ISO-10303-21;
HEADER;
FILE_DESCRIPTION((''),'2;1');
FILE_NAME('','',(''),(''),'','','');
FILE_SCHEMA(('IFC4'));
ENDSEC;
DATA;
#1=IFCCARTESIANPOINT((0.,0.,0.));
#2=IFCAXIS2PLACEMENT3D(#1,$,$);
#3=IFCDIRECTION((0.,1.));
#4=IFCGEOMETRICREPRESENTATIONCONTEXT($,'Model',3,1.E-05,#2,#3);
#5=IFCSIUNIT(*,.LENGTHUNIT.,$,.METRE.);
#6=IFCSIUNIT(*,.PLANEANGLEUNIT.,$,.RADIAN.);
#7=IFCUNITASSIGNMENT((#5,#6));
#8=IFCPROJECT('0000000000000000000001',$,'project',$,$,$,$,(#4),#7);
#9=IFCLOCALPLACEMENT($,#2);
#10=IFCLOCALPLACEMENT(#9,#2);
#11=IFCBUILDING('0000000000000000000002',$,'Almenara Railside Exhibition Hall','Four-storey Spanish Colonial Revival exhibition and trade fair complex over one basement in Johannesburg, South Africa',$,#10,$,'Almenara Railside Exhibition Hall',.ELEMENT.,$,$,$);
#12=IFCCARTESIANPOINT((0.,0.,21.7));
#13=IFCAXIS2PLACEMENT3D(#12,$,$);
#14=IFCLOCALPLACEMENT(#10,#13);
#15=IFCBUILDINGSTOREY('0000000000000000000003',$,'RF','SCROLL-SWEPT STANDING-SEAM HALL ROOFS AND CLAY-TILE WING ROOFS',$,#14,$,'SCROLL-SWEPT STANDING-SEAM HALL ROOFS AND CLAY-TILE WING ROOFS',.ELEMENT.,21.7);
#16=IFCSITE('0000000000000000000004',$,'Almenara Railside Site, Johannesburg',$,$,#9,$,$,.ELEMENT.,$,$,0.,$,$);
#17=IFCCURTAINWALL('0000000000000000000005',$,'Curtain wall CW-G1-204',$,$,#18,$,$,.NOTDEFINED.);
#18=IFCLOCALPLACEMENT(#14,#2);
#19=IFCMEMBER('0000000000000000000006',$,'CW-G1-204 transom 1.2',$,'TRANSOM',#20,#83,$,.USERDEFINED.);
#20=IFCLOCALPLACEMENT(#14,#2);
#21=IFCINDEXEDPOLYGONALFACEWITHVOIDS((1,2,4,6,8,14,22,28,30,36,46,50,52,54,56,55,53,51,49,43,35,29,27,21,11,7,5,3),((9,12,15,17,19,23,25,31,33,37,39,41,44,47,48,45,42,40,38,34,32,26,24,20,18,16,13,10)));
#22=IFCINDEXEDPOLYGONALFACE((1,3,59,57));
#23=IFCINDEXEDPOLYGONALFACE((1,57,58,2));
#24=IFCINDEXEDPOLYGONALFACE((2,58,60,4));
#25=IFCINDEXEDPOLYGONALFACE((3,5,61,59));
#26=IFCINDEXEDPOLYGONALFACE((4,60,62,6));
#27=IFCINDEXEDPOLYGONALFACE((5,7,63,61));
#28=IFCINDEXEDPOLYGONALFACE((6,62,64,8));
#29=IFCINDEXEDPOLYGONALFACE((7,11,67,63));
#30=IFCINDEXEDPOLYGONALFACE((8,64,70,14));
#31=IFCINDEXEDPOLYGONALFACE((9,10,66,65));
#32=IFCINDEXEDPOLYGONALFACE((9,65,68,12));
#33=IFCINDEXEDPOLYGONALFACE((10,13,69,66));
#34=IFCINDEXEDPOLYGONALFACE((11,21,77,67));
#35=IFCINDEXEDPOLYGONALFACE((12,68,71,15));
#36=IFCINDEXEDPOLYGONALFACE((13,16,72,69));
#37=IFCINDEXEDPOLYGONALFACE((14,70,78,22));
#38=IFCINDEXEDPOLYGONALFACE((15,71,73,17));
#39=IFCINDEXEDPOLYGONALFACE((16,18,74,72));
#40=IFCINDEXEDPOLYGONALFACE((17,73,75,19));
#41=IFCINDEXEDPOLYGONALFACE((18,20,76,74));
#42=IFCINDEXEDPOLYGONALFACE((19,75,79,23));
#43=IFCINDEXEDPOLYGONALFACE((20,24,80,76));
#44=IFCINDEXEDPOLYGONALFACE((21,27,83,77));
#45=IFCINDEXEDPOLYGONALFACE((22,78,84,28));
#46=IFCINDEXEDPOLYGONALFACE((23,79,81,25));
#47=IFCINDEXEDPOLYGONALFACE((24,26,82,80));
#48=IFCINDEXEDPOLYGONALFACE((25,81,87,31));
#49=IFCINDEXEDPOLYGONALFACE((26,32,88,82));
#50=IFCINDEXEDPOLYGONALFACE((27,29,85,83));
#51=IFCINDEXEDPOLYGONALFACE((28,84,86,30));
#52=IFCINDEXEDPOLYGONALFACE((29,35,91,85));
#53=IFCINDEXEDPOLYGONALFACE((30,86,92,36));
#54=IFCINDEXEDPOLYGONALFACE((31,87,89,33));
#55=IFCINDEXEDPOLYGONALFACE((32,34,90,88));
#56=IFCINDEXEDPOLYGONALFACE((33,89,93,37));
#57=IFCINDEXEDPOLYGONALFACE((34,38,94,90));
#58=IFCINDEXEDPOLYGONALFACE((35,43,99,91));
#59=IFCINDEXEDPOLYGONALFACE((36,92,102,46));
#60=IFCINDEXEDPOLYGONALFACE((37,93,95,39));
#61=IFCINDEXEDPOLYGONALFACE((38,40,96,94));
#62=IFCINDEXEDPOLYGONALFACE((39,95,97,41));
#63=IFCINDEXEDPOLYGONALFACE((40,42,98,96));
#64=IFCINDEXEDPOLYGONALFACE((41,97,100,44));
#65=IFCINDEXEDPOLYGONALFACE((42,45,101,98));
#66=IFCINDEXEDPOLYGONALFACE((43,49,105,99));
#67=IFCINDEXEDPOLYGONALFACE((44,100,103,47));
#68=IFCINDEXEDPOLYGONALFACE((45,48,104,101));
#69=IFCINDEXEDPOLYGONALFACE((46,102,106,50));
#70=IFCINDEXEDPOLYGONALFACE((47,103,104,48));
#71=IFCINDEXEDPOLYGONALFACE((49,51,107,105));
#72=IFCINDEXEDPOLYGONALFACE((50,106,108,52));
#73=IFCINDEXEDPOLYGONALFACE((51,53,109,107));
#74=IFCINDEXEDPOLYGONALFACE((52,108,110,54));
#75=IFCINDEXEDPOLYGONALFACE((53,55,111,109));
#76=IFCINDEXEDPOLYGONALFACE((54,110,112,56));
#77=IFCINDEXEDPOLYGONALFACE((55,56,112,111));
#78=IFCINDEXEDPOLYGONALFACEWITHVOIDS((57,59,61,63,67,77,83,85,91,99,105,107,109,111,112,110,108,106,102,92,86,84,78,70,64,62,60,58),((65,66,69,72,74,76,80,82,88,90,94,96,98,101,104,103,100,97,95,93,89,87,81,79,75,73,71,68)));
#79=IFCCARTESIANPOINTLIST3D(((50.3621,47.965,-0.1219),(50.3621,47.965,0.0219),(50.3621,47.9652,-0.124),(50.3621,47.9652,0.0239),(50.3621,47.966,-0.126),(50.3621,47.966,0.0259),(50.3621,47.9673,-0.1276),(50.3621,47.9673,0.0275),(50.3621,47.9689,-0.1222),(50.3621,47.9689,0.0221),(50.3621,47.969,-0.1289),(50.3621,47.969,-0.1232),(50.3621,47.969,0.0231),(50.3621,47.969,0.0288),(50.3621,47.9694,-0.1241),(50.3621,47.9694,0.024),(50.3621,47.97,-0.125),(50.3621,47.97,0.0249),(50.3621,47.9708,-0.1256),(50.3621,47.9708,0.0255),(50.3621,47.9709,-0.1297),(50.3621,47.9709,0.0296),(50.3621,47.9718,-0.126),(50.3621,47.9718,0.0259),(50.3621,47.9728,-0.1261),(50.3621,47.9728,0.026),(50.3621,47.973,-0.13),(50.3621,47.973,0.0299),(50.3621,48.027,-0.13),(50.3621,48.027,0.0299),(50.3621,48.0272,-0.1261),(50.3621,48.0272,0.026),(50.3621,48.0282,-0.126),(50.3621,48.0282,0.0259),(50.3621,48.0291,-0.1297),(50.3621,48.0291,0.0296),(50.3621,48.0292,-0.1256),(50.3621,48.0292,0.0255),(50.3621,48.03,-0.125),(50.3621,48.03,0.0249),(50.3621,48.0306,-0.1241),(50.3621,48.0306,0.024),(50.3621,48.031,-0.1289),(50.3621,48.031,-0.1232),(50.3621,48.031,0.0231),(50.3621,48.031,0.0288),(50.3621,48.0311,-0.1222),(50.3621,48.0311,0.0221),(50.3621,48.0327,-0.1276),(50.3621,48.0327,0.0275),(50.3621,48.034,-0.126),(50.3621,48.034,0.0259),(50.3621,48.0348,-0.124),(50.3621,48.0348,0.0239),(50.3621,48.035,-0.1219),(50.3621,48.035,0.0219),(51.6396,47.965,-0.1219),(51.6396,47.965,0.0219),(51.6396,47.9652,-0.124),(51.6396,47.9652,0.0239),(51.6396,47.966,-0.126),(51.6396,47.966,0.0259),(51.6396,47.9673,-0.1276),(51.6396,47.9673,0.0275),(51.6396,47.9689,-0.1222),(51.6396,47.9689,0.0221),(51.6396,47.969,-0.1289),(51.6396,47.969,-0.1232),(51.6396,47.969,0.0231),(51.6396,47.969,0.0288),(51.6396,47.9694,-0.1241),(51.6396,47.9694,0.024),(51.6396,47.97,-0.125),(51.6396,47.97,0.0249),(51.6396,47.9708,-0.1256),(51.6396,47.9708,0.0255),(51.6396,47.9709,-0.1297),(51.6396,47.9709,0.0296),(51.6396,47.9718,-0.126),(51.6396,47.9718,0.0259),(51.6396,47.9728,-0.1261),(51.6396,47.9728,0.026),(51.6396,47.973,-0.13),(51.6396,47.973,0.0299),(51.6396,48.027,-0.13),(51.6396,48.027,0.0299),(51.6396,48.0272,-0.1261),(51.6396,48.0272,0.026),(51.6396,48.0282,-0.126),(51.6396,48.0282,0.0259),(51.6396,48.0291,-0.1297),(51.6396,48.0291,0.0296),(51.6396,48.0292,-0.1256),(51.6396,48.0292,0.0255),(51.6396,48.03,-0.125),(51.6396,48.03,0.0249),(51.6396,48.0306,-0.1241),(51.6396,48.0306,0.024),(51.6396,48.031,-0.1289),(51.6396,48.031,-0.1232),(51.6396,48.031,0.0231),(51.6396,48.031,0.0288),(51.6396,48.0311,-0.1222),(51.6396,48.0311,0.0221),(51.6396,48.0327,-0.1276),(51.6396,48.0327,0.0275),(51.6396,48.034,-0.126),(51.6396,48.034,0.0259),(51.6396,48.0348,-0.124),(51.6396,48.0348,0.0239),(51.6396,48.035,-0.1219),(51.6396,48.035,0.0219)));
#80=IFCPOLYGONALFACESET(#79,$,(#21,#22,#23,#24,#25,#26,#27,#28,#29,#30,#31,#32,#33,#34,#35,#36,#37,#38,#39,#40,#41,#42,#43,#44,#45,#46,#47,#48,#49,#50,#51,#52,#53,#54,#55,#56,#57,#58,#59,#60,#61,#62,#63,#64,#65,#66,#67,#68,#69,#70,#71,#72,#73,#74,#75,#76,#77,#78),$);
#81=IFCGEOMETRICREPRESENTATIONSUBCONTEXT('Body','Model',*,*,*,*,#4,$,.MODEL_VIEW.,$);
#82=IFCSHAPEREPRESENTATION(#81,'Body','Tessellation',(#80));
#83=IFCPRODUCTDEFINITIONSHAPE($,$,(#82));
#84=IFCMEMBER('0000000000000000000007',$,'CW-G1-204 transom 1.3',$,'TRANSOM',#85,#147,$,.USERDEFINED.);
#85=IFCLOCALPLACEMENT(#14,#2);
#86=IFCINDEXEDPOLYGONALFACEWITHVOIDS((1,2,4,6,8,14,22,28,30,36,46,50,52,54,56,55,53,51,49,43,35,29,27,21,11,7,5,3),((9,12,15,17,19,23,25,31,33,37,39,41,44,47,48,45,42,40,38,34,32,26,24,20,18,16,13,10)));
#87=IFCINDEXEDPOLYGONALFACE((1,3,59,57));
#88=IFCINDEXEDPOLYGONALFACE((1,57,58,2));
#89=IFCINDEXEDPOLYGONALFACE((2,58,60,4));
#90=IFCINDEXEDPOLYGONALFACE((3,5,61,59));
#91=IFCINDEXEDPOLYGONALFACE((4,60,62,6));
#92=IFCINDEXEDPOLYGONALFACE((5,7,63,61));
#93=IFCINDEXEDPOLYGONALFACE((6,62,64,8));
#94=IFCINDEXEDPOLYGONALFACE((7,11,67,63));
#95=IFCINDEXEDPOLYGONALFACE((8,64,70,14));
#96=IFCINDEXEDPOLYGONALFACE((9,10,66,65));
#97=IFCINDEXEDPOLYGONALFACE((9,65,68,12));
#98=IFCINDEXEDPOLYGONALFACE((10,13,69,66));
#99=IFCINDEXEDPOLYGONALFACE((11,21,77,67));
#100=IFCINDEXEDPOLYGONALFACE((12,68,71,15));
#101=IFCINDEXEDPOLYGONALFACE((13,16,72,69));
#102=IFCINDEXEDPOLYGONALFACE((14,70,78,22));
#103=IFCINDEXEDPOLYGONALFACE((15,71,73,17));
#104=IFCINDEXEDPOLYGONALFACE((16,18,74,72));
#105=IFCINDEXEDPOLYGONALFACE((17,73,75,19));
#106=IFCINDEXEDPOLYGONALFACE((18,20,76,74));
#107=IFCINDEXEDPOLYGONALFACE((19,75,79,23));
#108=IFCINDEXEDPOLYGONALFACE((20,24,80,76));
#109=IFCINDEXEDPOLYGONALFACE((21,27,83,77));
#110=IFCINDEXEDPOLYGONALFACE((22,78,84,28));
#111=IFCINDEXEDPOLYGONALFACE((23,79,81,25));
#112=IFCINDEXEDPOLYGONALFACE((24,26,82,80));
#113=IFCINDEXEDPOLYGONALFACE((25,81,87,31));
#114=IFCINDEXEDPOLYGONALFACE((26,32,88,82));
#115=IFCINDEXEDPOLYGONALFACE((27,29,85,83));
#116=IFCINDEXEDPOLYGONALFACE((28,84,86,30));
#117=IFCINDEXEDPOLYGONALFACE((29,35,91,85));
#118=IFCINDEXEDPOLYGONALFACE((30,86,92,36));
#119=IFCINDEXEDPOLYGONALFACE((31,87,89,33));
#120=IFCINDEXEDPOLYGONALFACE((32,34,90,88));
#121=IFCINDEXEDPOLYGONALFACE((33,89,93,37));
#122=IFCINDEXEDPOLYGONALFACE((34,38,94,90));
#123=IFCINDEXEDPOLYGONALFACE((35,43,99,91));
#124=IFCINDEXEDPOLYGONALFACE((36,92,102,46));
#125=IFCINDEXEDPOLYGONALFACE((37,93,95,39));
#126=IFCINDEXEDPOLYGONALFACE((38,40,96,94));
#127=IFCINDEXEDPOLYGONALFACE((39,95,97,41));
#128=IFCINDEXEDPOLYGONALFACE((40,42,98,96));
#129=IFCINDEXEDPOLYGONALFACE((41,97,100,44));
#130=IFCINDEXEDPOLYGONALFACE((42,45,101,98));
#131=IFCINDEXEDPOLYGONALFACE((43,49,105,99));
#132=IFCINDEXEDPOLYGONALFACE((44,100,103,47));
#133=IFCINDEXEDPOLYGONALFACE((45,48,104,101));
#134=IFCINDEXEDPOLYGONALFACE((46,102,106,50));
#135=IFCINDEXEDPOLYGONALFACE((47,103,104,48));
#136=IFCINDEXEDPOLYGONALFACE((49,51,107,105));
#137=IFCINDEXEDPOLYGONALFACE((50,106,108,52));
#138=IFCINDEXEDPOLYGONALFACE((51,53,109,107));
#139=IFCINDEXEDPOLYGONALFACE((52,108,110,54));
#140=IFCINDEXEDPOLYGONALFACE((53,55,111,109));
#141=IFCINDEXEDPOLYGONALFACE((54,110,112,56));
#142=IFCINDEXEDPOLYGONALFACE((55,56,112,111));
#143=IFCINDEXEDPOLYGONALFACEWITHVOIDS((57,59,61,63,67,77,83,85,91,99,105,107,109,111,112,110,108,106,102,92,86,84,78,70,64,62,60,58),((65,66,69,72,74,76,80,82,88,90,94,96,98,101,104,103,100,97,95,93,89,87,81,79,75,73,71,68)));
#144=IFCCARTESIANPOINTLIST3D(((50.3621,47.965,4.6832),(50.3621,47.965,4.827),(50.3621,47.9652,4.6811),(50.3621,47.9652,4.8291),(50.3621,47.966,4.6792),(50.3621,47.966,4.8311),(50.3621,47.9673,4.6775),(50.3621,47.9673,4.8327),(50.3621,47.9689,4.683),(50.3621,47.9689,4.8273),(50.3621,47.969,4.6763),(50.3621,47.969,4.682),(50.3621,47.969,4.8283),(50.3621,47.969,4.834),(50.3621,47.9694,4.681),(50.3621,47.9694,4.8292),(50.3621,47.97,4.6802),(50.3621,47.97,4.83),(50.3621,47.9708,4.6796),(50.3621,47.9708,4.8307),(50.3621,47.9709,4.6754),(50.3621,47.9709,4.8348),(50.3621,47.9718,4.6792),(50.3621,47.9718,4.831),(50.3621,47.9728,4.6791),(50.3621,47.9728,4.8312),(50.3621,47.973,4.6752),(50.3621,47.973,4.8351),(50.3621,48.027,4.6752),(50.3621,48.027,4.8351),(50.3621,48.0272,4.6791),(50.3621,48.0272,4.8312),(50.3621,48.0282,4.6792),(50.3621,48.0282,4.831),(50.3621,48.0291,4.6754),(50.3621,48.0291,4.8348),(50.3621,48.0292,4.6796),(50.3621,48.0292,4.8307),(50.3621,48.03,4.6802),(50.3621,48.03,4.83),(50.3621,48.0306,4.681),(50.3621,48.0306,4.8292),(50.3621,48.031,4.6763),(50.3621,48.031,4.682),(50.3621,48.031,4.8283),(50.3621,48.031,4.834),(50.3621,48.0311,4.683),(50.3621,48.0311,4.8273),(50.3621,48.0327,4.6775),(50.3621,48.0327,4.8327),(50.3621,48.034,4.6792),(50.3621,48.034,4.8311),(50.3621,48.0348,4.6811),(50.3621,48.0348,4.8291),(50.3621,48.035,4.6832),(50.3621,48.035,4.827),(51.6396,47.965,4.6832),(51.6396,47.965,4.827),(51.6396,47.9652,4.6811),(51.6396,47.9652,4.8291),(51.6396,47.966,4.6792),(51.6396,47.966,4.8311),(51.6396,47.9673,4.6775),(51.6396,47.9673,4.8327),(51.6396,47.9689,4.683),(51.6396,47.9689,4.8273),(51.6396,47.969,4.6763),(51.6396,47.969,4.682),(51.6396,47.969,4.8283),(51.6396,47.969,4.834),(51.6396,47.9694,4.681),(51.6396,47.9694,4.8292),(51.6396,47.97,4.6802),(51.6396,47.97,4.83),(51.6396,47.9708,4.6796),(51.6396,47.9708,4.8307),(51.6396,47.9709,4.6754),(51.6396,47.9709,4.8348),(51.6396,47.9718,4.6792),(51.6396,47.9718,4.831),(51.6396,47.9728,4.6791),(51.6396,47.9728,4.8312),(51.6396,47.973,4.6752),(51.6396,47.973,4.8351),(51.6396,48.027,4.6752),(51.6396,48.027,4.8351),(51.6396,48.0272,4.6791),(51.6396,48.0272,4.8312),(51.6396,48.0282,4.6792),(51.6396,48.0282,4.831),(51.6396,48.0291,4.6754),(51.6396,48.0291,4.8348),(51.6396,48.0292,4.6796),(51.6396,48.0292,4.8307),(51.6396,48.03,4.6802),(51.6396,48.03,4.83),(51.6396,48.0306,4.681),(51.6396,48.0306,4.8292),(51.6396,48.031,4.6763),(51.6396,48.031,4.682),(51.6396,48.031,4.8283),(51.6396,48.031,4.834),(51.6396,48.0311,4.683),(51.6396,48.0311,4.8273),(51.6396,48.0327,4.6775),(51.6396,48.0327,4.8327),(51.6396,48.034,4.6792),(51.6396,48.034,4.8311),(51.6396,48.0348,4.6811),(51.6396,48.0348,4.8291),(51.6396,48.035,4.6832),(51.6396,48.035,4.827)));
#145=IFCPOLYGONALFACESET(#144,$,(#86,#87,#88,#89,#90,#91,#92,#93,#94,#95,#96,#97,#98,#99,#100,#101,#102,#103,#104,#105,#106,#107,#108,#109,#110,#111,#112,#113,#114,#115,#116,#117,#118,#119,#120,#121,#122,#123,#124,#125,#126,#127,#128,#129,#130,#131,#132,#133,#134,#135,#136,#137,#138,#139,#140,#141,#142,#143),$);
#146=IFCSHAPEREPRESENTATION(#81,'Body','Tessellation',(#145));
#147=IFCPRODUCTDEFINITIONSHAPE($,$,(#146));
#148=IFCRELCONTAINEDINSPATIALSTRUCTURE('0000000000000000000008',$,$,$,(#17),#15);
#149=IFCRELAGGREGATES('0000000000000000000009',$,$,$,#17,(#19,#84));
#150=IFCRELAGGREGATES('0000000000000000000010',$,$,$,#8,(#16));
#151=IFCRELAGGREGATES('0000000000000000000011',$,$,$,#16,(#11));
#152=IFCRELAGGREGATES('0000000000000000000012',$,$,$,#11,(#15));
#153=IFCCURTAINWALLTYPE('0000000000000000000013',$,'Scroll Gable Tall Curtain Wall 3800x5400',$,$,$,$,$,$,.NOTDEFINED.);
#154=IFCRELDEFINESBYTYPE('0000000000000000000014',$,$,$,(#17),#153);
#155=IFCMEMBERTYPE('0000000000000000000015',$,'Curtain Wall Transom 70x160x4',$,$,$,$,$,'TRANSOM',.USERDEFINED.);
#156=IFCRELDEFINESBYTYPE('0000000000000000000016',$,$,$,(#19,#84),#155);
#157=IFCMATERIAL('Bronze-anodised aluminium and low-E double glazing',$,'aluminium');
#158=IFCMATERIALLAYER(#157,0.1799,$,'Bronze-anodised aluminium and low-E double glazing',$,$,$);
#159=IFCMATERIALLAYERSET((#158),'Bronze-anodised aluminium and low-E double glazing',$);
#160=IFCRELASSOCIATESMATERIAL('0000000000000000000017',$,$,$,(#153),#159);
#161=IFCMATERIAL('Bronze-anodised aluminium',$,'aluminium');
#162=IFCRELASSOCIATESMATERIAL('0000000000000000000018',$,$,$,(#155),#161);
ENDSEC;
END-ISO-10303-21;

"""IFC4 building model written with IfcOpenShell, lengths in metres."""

from ifc_helpers import new_model, si_unit, direction, frame, origin, origin_2d, place, context, subcontext, project, spatial, hollow_rectangle, extrude, material, layer, layer_set, material_profile, profile_set, type_object, element, aggregate, save


model = new_model("IFC4")

# Units and contexts
model_context = context("Model", 3, precision=1e-05, world=origin(), true_north=direction((0.0, 1.0)))
body_context = subcontext(model_context, "Body", "Model", "MODEL_VIEW")
ifc_project = project(units=[si_unit("LENGTHUNIT", "METRE"), si_unit("PLANEANGLEUNIT", "RADIAN")], contexts=[model_context])

# Site, building, storey
site_placement = place(None, origin())
site = spatial("IfcSite", under=ifc_project, at=site_placement, Name="Almenara Railside Site, Johannesburg", CompositionType="ELEMENT", RefElevation=0.0)
building_placement = place(site_placement, origin())
building = spatial("IfcBuilding", under=site, at=building_placement, Name="Almenara Railside Exhibition Hall", Description="Four-storey Spanish Colonial Revival exhibition and trade fair complex over one basement in Johannesburg, South Africa", LongName="Almenara Railside Exhibition Hall", CompositionType="ELEMENT")
storey_placement = place(building_placement, frame((0.0, 0.0, 21.7)))
storey = spatial("IfcBuildingStorey", under=building, at=storey_placement, Name="RF", Description="SCROLL-SWEPT STANDING-SEAM HALL ROOFS AND CLAY-TILE WING ROOFS", LongName="SCROLL-SWEPT STANDING-SEAM HALL ROOFS AND CLAY-TILE WING ROOFS", CompositionType="ELEMENT", Elevation=21.7)

# Shared definitions
ifc_material_1 = material(Name="Bronze-anodised aluminium and low-E double glazing", Category="aluminium")
ifc_layer_1 = layer(ifc_material_1, 0.1799, Name="Bronze-anodised aluminium and low-E double glazing")
ifc_layer_set_1 = layer_set([ifc_layer_1], Name="Bronze-anodised aluminium and low-E double glazing")
curtain_wall_type = type_object("IfcCurtainWallType", Name="Scroll Gable Tall Curtain Wall 3800x5400", PredefinedType="NOTDEFINED", material=ifc_layer_set_1)
ifc_material_2 = material(Name="Bronze-anodised aluminium", Category="aluminium")

# Curtain wall
curtain_wall_1_placement = place(storey_placement, origin())
curtain_wall_1 = element("IfcCurtainWall", 1, at=curtain_wall_1_placement, inside=storey, type_object=curtain_wall_type, Name="Curtain wall CW-G1-204", PredefinedType="NOTDEFINED")

# Members
ifc_material_profile_1 = material_profile(ifc_material_2, hollow_rectangle(XDim=0.0701, YDim=0.1599, WallThickness=0.0039, InnerFilletRadius=0.0039, OuterFilletRadius=0.0081, at=origin_2d()), Name="ALU-TRN 70x160x4")
ifc_profile_set_1 = profile_set([ifc_material_profile_1], Name="Bronze-anodised aluminium")
member_type_1 = type_object("IfcMemberType", Name="Curtain Wall Transom 70x160x4", ElementType="TRANSOM", PredefinedType="USERDEFINED", material=ifc_profile_set_1)
member_1_placement = place(storey_placement, frame((50.3621, 48.0, -0.05), z_axis=(1.0, 0.0, 0.0), x_axis=(0.0, 1.0, 0.0)))
member_1 = element("IfcMember", 2, at=member_1_placement, type_object=member_type_1, Name="CW-G1-204 transom 1.2", ObjectType="TRANSOM", PredefinedType="USERDEFINED", context=body_context, shape_type="SweptSolid", body=[
    extrude(hollow_rectangle(XDim=0.0701, YDim=0.1599, WallThickness=0.0039, InnerFilletRadius=0.0039, OuterFilletRadius=0.0081, at=origin_2d()), origin(), (0.0, 0.0, 1.0), 1.2776),
])
member_2_placement = place(storey_placement, frame((50.3621, 48.0, 4.7551), z_axis=(1.0, 0.0, 0.0), x_axis=(0.0, 1.0, 0.0)))
member_2 = element("IfcMember", 3, at=member_2_placement, type_object=member_type_1, Name="CW-G1-204 transom 1.3", ObjectType="TRANSOM", PredefinedType="USERDEFINED", context=body_context, shape_type="SweptSolid", body=[
    extrude(hollow_rectangle(XDim=0.0701, YDim=0.1599, WallThickness=0.0039, InnerFilletRadius=0.0039, OuterFilletRadius=0.0081, at=origin_2d()), origin(), (0.0, 0.0, 1.0), 1.2776),
])
aggregate(curtain_wall_1, [member_1, member_2])

save(model, "model.ifc")
